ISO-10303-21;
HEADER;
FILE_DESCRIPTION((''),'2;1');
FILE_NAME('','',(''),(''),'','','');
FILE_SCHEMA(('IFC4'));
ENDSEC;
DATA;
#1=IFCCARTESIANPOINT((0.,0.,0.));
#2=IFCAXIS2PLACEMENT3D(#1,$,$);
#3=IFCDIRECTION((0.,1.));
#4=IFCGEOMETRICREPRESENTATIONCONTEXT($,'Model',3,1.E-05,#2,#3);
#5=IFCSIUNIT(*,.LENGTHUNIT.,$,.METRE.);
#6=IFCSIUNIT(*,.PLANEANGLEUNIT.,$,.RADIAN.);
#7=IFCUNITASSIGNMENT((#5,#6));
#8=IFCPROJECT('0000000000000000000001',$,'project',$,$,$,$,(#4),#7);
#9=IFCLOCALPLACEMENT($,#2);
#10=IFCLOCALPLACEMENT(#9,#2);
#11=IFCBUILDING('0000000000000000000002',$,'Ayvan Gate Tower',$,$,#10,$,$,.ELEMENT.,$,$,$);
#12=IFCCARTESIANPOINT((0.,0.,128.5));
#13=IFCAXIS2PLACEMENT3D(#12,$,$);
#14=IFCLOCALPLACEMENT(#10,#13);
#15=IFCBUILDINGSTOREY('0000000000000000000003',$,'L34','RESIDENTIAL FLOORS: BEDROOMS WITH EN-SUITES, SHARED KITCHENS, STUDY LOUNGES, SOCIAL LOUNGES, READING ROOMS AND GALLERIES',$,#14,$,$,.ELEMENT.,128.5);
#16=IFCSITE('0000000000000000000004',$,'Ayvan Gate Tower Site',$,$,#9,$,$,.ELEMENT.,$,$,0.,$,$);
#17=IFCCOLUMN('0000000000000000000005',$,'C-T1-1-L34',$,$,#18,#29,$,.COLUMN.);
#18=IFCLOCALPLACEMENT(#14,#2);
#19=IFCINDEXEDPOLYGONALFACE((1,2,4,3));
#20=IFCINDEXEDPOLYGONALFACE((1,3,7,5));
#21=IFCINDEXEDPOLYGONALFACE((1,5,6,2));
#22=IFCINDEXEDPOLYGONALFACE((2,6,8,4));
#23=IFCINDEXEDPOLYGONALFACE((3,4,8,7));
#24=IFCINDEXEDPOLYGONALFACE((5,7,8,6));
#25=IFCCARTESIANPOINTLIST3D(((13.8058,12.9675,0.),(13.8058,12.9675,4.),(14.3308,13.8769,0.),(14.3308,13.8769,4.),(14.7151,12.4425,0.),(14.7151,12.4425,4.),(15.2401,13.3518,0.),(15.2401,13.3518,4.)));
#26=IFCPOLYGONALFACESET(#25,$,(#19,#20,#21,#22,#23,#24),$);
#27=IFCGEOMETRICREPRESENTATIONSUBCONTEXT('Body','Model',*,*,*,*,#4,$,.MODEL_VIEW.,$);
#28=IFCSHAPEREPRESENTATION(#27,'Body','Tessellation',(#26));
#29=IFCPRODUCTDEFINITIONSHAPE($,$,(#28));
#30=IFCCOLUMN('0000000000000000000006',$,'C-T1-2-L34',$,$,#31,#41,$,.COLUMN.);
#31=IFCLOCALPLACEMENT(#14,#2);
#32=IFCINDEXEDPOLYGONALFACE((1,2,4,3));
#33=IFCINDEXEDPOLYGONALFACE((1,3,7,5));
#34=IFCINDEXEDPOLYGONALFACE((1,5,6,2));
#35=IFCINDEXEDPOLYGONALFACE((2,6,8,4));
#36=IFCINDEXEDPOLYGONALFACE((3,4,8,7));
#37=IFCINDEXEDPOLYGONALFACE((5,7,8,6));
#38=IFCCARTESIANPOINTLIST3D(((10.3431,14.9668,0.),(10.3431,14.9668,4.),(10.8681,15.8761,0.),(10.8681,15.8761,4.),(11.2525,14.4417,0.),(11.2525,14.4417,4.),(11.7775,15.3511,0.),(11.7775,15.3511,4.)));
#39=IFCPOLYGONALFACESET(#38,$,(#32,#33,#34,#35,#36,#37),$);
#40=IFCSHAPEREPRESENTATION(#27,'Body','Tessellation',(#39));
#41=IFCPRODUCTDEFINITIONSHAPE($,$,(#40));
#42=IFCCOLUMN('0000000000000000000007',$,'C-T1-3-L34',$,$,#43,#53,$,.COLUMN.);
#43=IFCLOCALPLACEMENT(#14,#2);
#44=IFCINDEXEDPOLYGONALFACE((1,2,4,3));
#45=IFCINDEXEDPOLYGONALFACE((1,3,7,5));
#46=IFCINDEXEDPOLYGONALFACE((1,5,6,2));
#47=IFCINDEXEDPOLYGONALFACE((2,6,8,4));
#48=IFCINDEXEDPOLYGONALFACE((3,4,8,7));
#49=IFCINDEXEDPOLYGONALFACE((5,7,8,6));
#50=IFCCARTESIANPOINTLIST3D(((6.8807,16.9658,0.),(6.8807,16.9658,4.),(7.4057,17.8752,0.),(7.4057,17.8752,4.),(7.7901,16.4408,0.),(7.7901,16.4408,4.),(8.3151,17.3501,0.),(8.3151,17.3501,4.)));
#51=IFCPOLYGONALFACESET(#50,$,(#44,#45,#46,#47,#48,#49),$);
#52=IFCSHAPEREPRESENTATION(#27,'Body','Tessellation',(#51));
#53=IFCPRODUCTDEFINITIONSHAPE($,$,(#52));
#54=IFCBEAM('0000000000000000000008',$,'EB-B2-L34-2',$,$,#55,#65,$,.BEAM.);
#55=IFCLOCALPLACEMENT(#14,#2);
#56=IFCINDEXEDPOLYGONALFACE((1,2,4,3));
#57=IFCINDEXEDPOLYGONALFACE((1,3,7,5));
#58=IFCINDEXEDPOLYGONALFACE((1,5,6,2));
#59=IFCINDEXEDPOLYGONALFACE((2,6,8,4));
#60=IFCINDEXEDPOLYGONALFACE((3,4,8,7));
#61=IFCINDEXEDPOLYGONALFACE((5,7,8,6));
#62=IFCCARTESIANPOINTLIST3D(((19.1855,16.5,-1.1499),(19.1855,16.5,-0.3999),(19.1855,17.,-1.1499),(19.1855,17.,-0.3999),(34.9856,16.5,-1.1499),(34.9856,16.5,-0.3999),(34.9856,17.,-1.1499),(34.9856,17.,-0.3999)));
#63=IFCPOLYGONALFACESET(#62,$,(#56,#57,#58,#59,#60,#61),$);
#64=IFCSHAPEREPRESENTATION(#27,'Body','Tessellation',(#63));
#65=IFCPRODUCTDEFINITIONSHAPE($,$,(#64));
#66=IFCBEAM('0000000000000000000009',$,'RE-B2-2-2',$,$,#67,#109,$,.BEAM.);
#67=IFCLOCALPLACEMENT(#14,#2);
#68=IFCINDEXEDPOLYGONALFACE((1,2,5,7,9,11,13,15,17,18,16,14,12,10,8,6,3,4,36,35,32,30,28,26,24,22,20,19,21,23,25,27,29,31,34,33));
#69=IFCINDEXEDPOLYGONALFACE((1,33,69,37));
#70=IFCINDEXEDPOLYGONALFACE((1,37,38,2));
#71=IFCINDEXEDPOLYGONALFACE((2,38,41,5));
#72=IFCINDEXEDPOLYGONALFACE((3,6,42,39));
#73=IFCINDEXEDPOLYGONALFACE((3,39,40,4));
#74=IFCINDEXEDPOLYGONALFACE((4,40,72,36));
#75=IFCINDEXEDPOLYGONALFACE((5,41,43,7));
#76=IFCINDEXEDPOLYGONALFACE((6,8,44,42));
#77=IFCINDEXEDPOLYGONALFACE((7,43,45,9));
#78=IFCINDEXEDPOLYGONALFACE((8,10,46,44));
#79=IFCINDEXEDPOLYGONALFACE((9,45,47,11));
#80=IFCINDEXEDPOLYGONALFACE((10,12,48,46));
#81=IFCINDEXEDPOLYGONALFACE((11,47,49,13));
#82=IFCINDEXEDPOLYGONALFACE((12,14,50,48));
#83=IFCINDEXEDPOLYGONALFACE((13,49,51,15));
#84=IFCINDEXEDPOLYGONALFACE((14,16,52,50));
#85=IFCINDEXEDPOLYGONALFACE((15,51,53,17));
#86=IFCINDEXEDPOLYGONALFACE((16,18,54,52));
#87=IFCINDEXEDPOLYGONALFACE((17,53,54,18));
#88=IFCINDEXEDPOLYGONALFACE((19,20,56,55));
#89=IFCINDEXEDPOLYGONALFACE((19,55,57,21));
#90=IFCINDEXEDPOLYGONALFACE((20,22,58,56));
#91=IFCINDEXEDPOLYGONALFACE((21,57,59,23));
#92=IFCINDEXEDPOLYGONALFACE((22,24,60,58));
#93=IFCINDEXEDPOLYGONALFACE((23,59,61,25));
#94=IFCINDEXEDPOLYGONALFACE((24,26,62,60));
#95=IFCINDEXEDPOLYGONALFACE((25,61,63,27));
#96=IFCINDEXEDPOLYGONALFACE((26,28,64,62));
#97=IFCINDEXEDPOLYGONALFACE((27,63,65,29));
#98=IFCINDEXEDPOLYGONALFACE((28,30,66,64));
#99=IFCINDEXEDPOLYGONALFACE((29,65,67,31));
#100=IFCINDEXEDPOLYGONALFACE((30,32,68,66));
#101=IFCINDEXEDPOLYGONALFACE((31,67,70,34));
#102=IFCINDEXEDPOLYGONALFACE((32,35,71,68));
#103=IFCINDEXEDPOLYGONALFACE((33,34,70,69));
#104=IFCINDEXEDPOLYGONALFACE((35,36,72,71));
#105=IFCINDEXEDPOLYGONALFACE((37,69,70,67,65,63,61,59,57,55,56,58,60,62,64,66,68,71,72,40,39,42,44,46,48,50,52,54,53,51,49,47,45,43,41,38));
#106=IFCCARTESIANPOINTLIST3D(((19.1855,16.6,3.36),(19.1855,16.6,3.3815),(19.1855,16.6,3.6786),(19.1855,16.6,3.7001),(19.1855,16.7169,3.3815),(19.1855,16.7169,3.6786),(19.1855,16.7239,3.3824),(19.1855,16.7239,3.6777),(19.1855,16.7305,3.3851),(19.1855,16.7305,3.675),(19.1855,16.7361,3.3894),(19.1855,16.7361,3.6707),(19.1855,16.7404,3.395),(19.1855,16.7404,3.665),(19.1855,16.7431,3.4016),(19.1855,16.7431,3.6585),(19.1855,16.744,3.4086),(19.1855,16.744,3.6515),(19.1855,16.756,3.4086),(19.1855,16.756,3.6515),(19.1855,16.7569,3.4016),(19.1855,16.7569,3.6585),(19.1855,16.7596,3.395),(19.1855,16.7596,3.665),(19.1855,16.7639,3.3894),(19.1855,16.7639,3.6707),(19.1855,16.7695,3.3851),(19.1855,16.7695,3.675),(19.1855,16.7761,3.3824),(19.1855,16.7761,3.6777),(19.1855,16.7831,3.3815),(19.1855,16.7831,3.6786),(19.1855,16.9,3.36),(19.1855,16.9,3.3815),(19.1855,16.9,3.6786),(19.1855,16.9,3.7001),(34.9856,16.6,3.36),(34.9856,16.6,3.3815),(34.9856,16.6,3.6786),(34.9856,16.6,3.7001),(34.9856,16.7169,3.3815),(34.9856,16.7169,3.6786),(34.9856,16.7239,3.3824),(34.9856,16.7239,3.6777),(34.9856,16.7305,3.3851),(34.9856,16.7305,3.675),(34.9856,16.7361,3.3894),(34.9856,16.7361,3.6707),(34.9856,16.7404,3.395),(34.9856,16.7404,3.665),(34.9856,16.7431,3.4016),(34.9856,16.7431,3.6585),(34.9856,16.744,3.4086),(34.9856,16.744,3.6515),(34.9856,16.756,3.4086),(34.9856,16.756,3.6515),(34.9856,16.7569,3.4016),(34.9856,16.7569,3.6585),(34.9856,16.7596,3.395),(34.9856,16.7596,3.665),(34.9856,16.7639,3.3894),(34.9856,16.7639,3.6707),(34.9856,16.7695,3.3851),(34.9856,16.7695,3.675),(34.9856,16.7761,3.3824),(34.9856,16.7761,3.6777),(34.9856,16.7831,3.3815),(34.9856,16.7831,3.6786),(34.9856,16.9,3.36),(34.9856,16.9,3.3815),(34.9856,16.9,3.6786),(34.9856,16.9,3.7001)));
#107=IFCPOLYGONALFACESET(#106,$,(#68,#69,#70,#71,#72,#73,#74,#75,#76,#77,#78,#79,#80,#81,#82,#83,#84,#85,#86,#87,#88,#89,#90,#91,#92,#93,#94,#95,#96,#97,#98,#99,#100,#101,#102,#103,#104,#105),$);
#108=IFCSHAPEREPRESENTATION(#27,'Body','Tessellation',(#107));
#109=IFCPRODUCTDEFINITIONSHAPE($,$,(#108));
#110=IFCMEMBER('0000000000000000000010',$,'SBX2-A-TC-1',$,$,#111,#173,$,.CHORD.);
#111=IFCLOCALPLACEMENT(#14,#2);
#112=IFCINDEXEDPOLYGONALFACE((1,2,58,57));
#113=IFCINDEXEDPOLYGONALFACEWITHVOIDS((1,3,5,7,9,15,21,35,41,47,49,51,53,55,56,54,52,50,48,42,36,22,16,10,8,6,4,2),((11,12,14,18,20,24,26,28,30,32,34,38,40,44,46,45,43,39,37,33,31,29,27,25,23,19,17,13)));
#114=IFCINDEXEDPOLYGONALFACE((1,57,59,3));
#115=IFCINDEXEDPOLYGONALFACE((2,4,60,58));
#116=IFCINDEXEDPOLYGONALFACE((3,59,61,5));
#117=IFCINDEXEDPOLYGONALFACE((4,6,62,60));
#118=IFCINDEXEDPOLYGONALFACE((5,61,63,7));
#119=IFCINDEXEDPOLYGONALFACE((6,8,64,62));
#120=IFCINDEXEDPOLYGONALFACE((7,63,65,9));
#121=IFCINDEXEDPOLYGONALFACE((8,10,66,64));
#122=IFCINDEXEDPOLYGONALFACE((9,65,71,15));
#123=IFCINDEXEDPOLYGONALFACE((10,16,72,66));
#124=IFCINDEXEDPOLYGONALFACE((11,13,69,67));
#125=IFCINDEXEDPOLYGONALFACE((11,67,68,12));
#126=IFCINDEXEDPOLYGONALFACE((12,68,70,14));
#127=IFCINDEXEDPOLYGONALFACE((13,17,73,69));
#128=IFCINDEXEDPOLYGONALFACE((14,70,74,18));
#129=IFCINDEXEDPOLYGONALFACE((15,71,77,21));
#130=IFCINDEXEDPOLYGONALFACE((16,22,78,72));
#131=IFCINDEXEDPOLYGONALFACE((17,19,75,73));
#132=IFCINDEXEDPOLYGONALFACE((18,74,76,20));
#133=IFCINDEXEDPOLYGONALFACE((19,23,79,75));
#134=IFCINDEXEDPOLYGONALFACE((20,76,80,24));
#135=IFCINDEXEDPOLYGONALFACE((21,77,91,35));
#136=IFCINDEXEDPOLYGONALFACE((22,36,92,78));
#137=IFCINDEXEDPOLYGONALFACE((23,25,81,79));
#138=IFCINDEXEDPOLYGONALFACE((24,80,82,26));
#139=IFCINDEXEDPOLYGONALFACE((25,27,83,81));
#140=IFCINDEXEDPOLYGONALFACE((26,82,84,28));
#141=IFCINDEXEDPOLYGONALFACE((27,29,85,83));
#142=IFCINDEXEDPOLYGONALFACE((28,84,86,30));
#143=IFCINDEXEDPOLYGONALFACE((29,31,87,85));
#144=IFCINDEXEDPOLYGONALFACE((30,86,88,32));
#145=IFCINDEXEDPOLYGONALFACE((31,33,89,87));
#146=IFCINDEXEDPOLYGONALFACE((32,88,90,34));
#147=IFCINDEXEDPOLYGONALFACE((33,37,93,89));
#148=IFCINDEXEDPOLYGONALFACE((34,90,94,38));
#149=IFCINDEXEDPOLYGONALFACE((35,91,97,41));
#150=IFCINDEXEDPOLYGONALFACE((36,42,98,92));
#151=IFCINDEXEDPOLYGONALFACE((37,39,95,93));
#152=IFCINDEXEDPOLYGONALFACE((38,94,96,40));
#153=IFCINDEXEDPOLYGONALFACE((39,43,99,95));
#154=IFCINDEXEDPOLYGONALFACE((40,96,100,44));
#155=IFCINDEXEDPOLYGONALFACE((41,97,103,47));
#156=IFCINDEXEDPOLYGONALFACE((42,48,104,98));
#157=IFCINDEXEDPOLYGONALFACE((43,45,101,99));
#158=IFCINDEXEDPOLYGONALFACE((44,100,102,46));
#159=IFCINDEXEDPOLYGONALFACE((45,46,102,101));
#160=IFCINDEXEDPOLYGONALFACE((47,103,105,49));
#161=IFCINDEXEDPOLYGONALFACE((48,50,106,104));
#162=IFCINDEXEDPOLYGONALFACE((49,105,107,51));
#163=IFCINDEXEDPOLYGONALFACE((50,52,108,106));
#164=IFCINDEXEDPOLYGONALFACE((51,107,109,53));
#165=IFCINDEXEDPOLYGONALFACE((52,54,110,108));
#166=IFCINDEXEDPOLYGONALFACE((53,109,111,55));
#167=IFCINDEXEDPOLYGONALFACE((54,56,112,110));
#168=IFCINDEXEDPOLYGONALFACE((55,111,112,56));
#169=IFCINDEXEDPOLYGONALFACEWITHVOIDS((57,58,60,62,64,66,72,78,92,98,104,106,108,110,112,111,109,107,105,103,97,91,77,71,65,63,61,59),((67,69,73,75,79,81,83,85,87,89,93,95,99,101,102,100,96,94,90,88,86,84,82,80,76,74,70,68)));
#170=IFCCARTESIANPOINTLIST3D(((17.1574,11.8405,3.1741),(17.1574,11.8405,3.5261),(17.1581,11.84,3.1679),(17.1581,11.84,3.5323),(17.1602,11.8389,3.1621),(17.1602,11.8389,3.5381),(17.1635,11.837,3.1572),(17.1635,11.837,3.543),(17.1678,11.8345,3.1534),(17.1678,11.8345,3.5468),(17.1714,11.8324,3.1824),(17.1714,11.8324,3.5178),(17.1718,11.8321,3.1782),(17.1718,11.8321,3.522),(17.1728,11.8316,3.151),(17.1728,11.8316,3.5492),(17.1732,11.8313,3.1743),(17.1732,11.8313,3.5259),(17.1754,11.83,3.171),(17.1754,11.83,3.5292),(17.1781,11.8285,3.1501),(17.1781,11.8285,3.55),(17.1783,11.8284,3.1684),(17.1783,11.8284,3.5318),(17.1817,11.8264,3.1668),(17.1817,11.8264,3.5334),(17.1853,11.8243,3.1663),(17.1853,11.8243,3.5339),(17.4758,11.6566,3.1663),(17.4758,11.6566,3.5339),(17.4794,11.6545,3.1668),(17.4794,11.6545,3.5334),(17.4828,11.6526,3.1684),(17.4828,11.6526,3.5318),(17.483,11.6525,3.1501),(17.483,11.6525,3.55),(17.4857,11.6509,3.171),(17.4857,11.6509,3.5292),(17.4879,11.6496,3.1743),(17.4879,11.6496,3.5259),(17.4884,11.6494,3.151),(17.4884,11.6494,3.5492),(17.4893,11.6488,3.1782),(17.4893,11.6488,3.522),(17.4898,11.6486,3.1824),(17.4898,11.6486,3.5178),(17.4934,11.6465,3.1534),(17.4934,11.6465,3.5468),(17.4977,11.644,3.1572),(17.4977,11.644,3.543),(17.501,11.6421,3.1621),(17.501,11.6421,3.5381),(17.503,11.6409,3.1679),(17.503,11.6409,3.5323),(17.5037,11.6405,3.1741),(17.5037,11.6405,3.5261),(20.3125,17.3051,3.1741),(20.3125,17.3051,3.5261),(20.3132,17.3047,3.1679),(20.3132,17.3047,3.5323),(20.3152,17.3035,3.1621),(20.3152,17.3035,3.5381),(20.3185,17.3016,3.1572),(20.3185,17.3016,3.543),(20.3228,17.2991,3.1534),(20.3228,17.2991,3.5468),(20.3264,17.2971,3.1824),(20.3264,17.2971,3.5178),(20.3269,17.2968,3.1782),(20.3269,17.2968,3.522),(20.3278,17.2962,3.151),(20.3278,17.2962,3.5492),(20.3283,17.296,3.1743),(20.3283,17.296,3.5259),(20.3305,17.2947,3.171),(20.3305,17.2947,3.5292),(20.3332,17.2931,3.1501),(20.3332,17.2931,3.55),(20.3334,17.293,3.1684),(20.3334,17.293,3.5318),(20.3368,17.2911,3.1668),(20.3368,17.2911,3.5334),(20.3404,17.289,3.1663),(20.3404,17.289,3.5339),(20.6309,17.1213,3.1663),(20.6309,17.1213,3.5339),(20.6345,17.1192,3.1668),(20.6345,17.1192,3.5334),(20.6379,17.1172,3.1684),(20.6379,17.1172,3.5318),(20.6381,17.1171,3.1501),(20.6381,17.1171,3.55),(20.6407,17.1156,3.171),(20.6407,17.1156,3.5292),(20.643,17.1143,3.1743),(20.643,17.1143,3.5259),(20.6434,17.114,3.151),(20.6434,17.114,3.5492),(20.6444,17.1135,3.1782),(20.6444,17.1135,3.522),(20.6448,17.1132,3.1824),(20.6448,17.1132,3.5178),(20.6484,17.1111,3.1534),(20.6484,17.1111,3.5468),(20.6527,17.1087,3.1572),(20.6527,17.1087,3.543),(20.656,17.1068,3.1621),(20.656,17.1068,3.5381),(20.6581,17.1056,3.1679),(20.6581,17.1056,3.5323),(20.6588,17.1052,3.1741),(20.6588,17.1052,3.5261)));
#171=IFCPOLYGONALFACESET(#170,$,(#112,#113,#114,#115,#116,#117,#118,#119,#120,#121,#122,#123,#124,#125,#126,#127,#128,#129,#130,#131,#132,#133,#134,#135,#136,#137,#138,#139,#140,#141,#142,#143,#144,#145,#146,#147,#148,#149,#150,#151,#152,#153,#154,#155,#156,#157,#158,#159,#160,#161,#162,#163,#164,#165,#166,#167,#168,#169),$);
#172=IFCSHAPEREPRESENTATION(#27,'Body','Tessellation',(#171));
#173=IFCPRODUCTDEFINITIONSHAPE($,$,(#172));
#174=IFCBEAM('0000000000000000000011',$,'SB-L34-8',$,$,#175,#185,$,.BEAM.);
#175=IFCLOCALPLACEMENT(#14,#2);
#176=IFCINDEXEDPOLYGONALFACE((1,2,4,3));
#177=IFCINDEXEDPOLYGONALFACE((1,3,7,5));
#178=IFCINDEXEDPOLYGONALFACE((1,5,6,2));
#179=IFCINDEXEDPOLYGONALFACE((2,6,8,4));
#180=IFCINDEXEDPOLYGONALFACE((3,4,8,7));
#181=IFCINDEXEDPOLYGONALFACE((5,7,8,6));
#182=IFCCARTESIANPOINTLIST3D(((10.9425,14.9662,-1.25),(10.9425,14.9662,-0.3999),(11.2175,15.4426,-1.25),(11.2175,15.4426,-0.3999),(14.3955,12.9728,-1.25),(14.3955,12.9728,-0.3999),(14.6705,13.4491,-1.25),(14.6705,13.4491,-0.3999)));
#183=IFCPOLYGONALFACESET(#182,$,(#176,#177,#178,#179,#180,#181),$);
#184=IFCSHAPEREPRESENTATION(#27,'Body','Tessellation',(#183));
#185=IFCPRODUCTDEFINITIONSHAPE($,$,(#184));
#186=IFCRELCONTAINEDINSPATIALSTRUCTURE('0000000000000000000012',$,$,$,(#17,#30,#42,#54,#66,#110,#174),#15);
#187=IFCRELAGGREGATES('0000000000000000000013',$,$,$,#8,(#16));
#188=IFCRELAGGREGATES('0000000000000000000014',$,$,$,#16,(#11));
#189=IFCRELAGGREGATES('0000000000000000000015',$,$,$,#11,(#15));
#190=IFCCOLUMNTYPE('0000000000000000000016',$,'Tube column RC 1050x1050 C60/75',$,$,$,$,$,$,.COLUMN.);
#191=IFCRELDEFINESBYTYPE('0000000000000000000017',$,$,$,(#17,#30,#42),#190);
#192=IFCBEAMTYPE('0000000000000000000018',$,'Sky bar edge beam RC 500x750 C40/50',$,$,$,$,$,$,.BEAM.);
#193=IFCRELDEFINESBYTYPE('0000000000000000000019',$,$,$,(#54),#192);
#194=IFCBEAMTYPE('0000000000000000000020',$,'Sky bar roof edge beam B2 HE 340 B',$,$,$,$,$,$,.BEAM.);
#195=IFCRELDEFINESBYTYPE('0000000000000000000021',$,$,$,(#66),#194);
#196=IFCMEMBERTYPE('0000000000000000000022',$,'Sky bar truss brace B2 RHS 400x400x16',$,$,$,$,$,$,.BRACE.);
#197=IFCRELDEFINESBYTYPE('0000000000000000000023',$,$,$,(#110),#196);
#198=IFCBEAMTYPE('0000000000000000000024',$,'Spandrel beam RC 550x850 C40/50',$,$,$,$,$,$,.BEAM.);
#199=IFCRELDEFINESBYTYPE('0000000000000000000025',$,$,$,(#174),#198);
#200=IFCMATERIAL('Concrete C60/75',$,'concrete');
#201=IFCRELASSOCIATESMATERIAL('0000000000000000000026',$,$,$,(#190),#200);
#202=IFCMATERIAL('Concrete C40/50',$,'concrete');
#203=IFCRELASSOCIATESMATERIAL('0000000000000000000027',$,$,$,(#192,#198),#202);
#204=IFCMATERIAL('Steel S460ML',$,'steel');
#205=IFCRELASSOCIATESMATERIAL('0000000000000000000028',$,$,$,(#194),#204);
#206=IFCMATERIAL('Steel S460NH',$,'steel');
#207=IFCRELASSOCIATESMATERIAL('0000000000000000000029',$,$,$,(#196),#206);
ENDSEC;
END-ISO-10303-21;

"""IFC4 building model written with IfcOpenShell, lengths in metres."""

from ifc_helpers import new_model, si_unit, direction, frame, origin, origin_2d, place, context, subcontext, project, spatial, rectangle, hollow_rectangle, i_section, extrude, material, material_profile, profile_set, type_object, element, save


model = new_model("IFC4")

# Units and contexts
model_context = context("Model", 3, precision=1e-05, world=origin(), true_north=direction((0.0, 1.0)))
body_context = subcontext(model_context, "Body", "Model", "MODEL_VIEW")
ifc_project = project(units=[si_unit("LENGTHUNIT", "METRE"), si_unit("PLANEANGLEUNIT", "RADIAN")], contexts=[model_context])

# Site, building, storey
site_placement = place(None, origin())
site = spatial("IfcSite", under=ifc_project, at=site_placement, Name="Ayvan Gate Tower Site", CompositionType="ELEMENT", RefElevation=0.0)
building_placement = place(site_placement, origin())
building = spatial("IfcBuilding", under=site, at=building_placement, Name="Ayvan Gate Tower", CompositionType="ELEMENT")
storey_placement = place(building_placement, frame((0.0, 0.0, 128.5)))
storey = spatial("IfcBuildingStorey", under=building, at=storey_placement, Name="L34", Description="RESIDENTIAL FLOORS: BEDROOMS WITH EN-SUITES, SHARED KITCHENS, STUDY LOUNGES, SOCIAL LOUNGES, READING ROOMS AND GALLERIES", CompositionType="ELEMENT", Elevation=128.5)

# Columns
ifc_material_1 = material(Name="Concrete C60/75", Category="concrete")
ifc_material_profile_1 = material_profile(ifc_material_1, rectangle(XDim=1.05, YDim=1.05, at=origin_2d()), Name="RC 1050x1050")
ifc_profile_set_1 = profile_set([ifc_material_profile_1], Name="Concrete C60/75")
column_type = type_object("IfcColumnType", Name="Tube column RC 1050x1050 C60/75", PredefinedType="COLUMN", material=ifc_profile_set_1)
for number, where, z_axis, x_axis, name in (
    (1, (14.5229, 13.1597, 0.0), (0.0, 0.0, 1.0), (0.5, 0.866025, 0.0), "C-T1-1-L34"),
    (2, (11.0603, 15.1589, 0.0), (0.0, 0.0, 1.0), (0.5, 0.866025, 0.0), "C-T1-2-L34"),
    (3, (7.5979, 17.158, 0.0), (0.0, 0.0, 1.0), (0.5, 0.866025, 0.0), "C-T1-3-L34"),
):
    element("IfcColumn", number, at=place(storey_placement, frame(where, z_axis=z_axis, x_axis=x_axis)), inside=storey, type_object=column_type, Name=name, PredefinedType="COLUMN", context=body_context, shape_type="SweptSolid", body=[
        extrude(rectangle(XDim=1.05, YDim=1.05, at=origin_2d()), origin(), (0.0, 0.0, 1.0), 4.0),
    ])

# Beams
ifc_material_2 = material(Name="Concrete C40/50", Category="concrete")
ifc_material_profile_2 = material_profile(ifc_material_2, rectangle(XDim=0.5, YDim=0.75, at=origin_2d()), Name="RC 500x750")
ifc_profile_set_2 = profile_set([ifc_material_profile_2], Name="Concrete C40/50")
beam_type_1 = type_object("IfcBeamType", Name="Sky bar edge beam RC 500x750 C40/50", PredefinedType="BEAM", material=ifc_profile_set_2)
beam_1_placement = place(storey_placement, frame((19.1855, 16.75, -0.7749), z_axis=(1.0, 0.0, 0.0), x_axis=(0.0, 1.0, 0.0)))
element("IfcBeam", 4, at=beam_1_placement, inside=storey, type_object=beam_type_1, Name="EB-B2-L34-2", PredefinedType="BEAM", context=body_context, shape_type="SweptSolid", body=[
    extrude(rectangle(XDim=0.5, YDim=0.75, at=origin_2d()), origin(), (0.0, 0.0, 1.0), 15.8),
])
ifc_material_3 = material(Name="Steel S460ML", Category="steel")
ifc_material_profile_3 = material_profile(ifc_material_3, i_section(OverallWidth=0.3, OverallDepth=0.3401, WebThickness=0.012, FlangeThickness=0.0215, FilletRadius=0.0271, at=origin_2d()), Name="HE 340 B")
ifc_profile_set_3 = profile_set([ifc_material_profile_3], Name="Steel S460ML")
beam_type_2 = type_object("IfcBeamType", Name="Sky bar roof edge beam B2 HE 340 B", PredefinedType="BEAM", material=ifc_profile_set_3)
beam_2_placement = place(storey_placement, frame((19.1855, 16.75, 3.53), z_axis=(1.0, 0.0, 0.0), x_axis=(0.0, 1.0, 0.0)))
element("IfcBeam", 5, at=beam_2_placement, inside=storey, type_object=beam_type_2, Name="RE-B2-2-2", PredefinedType="BEAM", context=body_context, shape_type="SweptSolid", body=[
    extrude(i_section(OverallWidth=0.3, OverallDepth=0.3401, WebThickness=0.012, FlangeThickness=0.0215, FilletRadius=0.0271, at=origin_2d()), origin(), (0.0, 0.0, 1.0), 15.8),
])

# Member
ifc_material_4 = material(Name="Steel S460NH", Category="steel")
ifc_material_profile_4 = material_profile(ifc_material_4, hollow_rectangle(XDim=0.3999, YDim=0.3999, WallThickness=0.0161, InnerFilletRadius=0.0161, OuterFilletRadius=0.0239, at=origin_2d()), Name="RHS 400x400x16")
ifc_profile_set_4 = profile_set([ifc_material_profile_4], Name="Steel S460NH")
member_type_1 = type_object("IfcMemberType", Name="Sky bar truss brace B2 RHS 400x400x16", PredefinedType="BRACE", material=ifc_profile_set_4)
member_1_placement = place(storey_placement, frame((17.3306, 11.7405, 3.3501), z_axis=(0.500005, 0.866023, 0.0), x_axis=(-0.866023, 0.500005, 0.0)))
element("IfcMember", 6, at=member_1_placement, inside=storey, type_object=member_type_1, Name="SBX2-A-TC-1", PredefinedType="CHORD", context=body_context, shape_type="SweptSolid", body=[
    extrude(hollow_rectangle(XDim=0.3999, YDim=0.3999, WallThickness=0.0161, InnerFilletRadius=0.0161, OuterFilletRadius=0.0239, at=origin_2d()), origin(), (0.0, 0.0, 1.0), 6.3101),
])

# Beam
ifc_material_profile_5 = material_profile(ifc_material_2, rectangle(XDim=0.55, YDim=0.8501, at=origin_2d()), Name="RC 550x850")
ifc_profile_set_5 = profile_set([ifc_material_profile_5], Name="Concrete C40/50")
beam_type_3 = type_object("IfcBeamType", Name="Spandrel beam RC 550x850 C40/50", PredefinedType="BEAM", material=ifc_profile_set_5)
beam_3_placement = place(storey_placement, frame((14.533, 13.2109, -0.825), z_axis=(-0.866038, 0.499979, 0.0), x_axis=(-0.499979, -0.866038, 0.0)))
element("IfcBeam", 7, at=beam_3_placement, inside=storey, type_object=beam_type_3, Name="SB-L34-8", PredefinedType="BEAM", context=body_context, shape_type="SweptSolid", body=[
    extrude(rectangle(XDim=0.55, YDim=0.8501, at=origin_2d()), origin(), (0.0, 0.0, 1.0), 3.9871),
])

save(model, "model.ifc")
